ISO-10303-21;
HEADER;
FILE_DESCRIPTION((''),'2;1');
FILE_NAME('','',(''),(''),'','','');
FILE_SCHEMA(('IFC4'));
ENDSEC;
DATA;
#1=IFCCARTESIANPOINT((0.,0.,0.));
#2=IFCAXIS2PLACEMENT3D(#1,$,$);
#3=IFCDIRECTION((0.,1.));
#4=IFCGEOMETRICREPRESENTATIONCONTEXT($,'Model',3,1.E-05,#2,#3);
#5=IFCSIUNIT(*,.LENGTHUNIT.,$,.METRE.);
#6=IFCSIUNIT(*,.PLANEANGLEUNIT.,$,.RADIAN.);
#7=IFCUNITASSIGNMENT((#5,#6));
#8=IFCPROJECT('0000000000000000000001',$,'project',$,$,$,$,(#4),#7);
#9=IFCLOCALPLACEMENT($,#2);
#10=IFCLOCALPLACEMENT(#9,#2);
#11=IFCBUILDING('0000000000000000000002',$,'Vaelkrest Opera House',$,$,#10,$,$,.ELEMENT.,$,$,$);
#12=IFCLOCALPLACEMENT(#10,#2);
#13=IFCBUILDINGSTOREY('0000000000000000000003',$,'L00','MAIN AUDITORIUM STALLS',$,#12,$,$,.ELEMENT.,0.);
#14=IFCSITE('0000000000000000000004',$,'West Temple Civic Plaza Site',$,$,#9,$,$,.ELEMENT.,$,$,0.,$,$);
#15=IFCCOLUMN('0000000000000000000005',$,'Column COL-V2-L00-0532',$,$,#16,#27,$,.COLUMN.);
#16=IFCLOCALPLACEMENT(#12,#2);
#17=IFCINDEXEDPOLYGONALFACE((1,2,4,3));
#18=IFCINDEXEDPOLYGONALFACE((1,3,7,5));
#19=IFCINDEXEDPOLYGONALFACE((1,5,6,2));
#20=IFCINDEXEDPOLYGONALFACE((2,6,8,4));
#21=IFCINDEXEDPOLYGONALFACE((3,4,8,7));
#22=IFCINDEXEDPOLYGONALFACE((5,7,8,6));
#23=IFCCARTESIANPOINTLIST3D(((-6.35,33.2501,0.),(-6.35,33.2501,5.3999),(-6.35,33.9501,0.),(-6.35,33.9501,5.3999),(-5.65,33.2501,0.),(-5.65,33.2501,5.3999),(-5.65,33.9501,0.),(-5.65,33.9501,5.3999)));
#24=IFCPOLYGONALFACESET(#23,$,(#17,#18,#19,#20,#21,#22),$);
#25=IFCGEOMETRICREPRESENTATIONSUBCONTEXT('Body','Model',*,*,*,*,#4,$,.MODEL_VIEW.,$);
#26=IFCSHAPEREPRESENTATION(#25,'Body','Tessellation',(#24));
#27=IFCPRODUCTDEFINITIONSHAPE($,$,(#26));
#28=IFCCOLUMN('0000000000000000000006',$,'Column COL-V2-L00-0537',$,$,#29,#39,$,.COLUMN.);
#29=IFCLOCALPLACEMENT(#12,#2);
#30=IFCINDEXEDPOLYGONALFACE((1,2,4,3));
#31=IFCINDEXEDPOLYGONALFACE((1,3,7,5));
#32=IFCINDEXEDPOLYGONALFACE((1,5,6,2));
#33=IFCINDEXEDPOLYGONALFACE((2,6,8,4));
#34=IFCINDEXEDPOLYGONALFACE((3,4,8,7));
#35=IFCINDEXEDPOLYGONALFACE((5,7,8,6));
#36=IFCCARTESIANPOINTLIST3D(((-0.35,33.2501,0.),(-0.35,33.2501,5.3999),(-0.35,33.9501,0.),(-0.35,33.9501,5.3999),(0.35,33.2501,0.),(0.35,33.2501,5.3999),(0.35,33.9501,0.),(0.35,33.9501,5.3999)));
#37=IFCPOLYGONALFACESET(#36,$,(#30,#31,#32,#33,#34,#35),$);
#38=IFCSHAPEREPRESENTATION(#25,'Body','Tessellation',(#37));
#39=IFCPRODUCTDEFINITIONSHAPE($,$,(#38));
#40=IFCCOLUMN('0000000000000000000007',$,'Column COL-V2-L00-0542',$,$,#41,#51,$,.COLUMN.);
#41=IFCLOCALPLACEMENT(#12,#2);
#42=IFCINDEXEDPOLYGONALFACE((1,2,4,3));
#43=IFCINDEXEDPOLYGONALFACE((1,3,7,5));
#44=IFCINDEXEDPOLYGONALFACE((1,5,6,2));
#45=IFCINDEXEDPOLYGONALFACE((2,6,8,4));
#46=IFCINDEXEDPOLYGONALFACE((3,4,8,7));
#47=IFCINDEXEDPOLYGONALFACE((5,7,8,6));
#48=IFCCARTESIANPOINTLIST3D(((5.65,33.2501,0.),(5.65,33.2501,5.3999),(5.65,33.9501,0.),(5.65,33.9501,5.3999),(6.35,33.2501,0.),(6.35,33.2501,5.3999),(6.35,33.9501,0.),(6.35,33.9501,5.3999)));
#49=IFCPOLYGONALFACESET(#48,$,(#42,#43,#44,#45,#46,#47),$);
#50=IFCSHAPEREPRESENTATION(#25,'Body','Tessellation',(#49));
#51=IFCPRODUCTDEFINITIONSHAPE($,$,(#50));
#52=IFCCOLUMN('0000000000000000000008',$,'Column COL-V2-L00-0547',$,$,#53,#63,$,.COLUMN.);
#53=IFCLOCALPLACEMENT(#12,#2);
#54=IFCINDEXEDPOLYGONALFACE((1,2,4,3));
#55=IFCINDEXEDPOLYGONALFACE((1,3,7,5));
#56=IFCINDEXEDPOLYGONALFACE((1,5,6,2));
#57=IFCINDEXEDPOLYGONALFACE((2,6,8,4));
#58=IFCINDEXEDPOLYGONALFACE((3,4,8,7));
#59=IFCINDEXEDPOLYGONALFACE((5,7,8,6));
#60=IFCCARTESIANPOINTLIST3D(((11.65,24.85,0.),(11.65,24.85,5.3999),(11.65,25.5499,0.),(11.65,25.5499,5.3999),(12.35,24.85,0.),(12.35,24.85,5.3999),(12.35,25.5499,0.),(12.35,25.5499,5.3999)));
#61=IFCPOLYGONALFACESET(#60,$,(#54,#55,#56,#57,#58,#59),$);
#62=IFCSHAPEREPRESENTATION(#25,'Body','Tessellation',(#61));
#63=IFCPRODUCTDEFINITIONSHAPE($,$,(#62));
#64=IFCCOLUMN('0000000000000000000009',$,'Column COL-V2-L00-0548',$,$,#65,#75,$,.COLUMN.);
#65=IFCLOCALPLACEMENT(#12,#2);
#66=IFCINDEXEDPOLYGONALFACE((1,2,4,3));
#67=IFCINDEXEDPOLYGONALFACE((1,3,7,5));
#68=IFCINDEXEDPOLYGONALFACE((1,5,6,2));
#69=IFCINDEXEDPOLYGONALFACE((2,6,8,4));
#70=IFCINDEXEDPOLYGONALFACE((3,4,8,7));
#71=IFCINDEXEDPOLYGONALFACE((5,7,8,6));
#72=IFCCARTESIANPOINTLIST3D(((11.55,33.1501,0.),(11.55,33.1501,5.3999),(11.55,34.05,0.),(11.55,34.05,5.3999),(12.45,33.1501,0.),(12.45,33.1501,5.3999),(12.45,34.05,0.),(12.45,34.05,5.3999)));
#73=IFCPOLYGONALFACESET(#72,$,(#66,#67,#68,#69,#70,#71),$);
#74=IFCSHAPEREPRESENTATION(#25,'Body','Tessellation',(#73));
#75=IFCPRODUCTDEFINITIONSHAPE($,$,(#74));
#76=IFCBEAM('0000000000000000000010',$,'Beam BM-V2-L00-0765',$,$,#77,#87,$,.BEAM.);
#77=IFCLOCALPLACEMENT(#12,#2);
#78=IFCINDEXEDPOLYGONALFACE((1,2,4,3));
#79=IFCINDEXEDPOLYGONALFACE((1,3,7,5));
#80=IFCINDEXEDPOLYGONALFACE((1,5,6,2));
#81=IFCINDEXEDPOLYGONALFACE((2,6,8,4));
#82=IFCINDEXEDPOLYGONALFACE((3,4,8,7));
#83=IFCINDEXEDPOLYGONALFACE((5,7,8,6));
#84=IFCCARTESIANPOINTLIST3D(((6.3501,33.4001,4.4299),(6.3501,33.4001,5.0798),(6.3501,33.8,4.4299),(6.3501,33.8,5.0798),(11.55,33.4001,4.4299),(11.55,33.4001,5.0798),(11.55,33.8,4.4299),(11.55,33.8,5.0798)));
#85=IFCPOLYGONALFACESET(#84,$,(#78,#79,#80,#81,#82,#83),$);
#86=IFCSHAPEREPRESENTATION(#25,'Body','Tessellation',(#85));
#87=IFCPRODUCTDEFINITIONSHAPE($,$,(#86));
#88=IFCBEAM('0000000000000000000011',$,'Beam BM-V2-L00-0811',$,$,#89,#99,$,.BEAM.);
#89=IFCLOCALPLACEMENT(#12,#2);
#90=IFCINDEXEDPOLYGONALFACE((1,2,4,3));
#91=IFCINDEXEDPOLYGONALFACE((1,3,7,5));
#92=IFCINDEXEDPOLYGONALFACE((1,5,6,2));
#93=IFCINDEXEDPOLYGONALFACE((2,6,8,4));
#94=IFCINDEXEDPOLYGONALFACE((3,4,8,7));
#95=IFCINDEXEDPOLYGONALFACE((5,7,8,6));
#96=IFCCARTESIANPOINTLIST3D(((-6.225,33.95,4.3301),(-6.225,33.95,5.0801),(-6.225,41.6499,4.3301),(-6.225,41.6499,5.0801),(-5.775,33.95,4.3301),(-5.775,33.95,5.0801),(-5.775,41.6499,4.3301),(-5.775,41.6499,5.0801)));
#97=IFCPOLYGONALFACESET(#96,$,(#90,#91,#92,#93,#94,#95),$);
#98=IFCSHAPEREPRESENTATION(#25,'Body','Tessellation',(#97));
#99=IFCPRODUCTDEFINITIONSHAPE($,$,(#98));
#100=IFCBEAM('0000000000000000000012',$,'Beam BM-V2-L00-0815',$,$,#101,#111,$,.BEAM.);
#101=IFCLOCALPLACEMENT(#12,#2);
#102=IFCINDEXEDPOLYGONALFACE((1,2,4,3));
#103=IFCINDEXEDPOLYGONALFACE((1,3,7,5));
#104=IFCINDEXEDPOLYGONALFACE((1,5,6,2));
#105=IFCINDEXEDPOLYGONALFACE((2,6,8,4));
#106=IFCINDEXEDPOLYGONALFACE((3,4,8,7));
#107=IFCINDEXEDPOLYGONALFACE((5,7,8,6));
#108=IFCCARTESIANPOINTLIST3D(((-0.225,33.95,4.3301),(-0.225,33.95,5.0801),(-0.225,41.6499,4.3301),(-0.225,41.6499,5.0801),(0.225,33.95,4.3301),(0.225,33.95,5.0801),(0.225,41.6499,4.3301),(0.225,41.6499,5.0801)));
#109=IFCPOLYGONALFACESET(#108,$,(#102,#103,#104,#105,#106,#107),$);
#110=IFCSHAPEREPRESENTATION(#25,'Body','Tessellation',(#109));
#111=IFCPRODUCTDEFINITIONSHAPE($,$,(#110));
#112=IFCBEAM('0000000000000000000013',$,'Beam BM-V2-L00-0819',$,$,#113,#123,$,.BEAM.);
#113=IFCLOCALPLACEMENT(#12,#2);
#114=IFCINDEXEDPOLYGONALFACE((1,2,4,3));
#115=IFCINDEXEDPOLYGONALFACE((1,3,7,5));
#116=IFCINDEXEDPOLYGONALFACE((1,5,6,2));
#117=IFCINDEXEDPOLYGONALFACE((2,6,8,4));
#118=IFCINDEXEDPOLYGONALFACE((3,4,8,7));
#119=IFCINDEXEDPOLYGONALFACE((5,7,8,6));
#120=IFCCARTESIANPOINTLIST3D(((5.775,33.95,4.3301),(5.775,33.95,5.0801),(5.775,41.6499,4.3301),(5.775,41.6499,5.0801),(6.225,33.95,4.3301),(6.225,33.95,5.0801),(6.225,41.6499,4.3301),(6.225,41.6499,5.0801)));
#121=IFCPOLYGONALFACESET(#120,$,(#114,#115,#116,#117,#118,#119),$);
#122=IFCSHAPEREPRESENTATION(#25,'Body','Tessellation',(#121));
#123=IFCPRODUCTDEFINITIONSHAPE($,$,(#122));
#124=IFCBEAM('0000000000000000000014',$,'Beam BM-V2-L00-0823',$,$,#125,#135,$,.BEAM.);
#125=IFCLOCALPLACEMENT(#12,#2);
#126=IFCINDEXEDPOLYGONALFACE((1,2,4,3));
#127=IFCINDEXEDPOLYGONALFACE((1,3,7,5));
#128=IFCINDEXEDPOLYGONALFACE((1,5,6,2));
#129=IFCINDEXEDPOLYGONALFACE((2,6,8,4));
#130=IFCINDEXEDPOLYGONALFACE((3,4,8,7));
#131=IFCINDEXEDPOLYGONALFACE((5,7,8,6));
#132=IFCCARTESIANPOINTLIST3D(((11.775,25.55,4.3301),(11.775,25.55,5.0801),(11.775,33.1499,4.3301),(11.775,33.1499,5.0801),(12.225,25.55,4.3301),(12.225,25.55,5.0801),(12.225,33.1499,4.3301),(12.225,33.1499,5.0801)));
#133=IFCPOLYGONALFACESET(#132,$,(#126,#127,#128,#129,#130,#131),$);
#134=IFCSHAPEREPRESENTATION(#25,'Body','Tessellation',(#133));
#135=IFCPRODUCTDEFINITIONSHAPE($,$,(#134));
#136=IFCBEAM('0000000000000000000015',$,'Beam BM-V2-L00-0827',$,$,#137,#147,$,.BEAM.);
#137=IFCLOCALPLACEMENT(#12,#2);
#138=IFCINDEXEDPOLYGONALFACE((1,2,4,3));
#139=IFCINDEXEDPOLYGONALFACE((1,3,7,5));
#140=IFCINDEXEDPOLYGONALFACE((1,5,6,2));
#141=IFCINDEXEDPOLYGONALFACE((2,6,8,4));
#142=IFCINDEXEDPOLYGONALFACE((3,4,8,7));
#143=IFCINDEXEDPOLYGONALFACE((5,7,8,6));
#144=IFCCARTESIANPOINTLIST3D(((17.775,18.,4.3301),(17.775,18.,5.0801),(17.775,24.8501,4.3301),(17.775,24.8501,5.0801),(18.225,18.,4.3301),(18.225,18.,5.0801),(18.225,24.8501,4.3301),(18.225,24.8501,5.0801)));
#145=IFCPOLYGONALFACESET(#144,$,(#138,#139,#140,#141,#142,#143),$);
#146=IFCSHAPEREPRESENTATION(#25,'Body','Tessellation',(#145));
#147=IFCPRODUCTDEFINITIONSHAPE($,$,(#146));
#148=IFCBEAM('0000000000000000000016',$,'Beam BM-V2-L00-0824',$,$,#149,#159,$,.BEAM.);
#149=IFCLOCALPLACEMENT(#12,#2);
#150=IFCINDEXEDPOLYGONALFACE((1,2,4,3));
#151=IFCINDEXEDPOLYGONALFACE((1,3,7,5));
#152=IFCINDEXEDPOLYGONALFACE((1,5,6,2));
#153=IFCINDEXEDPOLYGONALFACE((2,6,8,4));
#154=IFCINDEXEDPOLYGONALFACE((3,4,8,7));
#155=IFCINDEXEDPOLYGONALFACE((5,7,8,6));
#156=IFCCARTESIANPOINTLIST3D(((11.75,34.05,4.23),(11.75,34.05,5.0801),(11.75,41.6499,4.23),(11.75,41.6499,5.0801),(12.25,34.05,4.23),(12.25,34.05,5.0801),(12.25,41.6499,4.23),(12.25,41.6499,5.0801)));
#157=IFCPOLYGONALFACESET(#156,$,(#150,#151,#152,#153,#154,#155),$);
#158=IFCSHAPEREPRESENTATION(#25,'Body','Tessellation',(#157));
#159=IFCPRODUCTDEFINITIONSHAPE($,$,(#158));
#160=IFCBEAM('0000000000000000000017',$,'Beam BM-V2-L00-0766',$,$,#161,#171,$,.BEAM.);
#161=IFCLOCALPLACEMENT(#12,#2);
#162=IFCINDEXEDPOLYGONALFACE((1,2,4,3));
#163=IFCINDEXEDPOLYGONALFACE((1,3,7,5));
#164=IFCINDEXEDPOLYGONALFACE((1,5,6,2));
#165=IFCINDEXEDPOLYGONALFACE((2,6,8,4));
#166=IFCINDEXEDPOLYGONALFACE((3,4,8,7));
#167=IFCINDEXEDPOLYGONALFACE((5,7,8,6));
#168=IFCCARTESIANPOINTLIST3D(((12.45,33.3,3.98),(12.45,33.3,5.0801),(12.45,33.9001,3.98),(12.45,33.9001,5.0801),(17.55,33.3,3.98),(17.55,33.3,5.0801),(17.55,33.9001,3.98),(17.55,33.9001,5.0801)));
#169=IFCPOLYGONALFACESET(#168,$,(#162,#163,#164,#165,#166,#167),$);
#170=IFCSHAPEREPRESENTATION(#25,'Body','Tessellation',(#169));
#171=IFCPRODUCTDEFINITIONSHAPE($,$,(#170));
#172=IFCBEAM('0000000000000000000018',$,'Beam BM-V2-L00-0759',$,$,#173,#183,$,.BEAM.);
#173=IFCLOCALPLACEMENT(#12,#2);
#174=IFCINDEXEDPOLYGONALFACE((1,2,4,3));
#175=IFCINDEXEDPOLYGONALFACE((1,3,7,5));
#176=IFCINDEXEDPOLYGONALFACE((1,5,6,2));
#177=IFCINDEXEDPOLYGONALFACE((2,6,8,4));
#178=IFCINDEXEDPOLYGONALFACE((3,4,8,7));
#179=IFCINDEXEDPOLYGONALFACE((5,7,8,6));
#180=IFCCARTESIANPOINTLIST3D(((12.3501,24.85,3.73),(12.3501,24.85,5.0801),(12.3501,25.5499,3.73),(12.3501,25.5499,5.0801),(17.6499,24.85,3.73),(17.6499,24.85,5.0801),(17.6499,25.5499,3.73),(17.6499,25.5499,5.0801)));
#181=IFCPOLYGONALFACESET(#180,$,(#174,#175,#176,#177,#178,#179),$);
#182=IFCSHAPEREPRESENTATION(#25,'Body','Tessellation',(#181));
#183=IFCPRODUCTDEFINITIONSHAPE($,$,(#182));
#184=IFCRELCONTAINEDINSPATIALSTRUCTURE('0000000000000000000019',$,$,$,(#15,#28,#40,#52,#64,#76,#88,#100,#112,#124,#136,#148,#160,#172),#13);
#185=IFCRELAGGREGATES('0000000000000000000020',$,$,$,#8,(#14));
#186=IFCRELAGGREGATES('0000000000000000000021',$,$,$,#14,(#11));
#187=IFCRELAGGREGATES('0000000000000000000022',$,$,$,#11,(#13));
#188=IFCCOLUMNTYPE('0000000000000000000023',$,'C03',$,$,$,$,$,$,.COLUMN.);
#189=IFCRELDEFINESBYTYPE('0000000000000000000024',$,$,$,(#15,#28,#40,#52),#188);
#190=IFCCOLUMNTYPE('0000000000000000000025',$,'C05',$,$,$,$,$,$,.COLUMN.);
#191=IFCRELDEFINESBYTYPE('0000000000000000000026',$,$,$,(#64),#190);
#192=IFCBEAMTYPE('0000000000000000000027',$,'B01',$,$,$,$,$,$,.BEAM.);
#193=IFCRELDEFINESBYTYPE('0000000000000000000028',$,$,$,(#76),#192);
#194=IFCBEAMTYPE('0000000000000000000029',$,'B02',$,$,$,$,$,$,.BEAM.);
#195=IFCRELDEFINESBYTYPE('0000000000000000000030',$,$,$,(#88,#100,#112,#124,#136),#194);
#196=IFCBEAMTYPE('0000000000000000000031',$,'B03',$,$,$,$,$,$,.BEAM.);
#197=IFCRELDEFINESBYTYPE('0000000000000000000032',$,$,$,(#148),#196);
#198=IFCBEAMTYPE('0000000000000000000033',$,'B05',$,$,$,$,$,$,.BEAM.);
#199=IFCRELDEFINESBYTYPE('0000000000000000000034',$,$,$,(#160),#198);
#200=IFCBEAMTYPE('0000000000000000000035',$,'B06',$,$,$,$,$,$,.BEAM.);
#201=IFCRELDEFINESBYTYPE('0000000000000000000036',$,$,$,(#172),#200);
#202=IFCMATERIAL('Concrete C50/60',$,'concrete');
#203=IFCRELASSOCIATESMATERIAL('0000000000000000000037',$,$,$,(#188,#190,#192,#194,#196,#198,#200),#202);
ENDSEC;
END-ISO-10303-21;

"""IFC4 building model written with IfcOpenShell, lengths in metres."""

from ifc_helpers import new_model, si_unit, direction, frame, origin, origin_2d, place, context, subcontext, project, spatial, rectangle, extrude, material, material_profile, profile_set, type_object, element, save


model = new_model("IFC4")

# Units and contexts
model_context = context("Model", 3, precision=1e-05, world=origin(), true_north=direction((0.0, 1.0)))
body_context = subcontext(model_context, "Body", "Model", "MODEL_VIEW")
ifc_project = project(units=[si_unit("LENGTHUNIT", "METRE"), si_unit("PLANEANGLEUNIT", "RADIAN")], contexts=[model_context])

# Site, building, storey
site_placement = place(None, origin())
site = spatial("IfcSite", under=ifc_project, at=site_placement, Name="West Temple Civic Plaza Site", CompositionType="ELEMENT", RefElevation=0.0)
building_placement = place(site_placement, origin())
building = spatial("IfcBuilding", under=site, at=building_placement, Name="Vaelkrest Opera House", CompositionType="ELEMENT")
storey_placement = place(building_placement, origin())
storey = spatial("IfcBuildingStorey", under=building, at=storey_placement, Name="L00", Description="MAIN AUDITORIUM STALLS", CompositionType="ELEMENT", Elevation=0.0)

# Columns
ifc_material_1 = material(Name="Concrete C50/60", Category="concrete")
ifc_material_profile_1 = material_profile(ifc_material_1, rectangle(XDim=0.7, YDim=0.7, at=origin_2d()), Name="RC700X700")
ifc_profile_set_1 = profile_set([ifc_material_profile_1], Name="Concrete C50/60")
column_type_1 = type_object("IfcColumnType", Name="C03", PredefinedType="COLUMN", material=ifc_profile_set_1)
for number, where, z_axis, x_axis, name in (
    (1, (-6.0, 33.6001, 0.0), (0.0, 0.0, 1.0), (1.0, 0.0, 0.0), "Column COL-V2-L00-0532"),
    (2, (0.0, 33.6001, 0.0), (0.0, 0.0, 1.0), (1.0, 0.0, 0.0), "Column COL-V2-L00-0537"),
    (3, (6.0, 33.6001, 0.0), (0.0, 0.0, 1.0), (1.0, 0.0, 0.0), "Column COL-V2-L00-0542"),
    (4, (12.0, 25.2, 0.0), (0.0, 0.0, 1.0), (1.0, 0.0, 0.0), "Column COL-V2-L00-0547"),
):
    element("IfcColumn", number, at=place(storey_placement, frame(where, z_axis=z_axis, x_axis=x_axis)), inside=storey, type_object=column_type_1, Name=name, PredefinedType="COLUMN", context=body_context, shape_type="SweptSolid", body=[
        extrude(rectangle(XDim=0.7, YDim=0.7, at=origin_2d()), origin(), (0.0, 0.0, 1.0), 5.3999),
    ])
ifc_material_profile_2 = material_profile(ifc_material_1, rectangle(XDim=0.8999, YDim=0.8999, at=origin_2d()), Name="RC900X900")
ifc_profile_set_2 = profile_set([ifc_material_profile_2], Name="Concrete C50/60")
column_type_2 = type_object("IfcColumnType", Name="C05", PredefinedType="COLUMN", material=ifc_profile_set_2)
column_placement = place(storey_placement, frame((12.0, 33.6001, 0.0), z_axis=(0.0, 0.0, 1.0), x_axis=(1.0, 0.0, 0.0)))
element("IfcColumn", 5, at=column_placement, inside=storey, type_object=column_type_2, Name="Column COL-V2-L00-0548", PredefinedType="COLUMN", context=body_context, shape_type="SweptSolid", body=[
    extrude(rectangle(XDim=0.8999, YDim=0.8999, at=origin_2d()), origin(), (0.0, 0.0, 1.0), 5.3999),
])

# Beams
ifc_material_profile_3 = material_profile(ifc_material_1, rectangle(XDim=0.3999, YDim=0.6499, at=origin_2d()), Name="RCB400X650")
ifc_profile_set_3 = profile_set([ifc_material_profile_3], Name="Concrete C50/60")
beam_type_1 = type_object("IfcBeamType", Name="B01", PredefinedType="BEAM", material=ifc_profile_set_3)
beam_1_placement = place(storey_placement, frame((6.3501, 33.6001, 4.7549), z_axis=(1.0, 0.0, 0.0), x_axis=(0.0, 1.0, 0.0)))
element("IfcBeam", 6, at=beam_1_placement, inside=storey, type_object=beam_type_1, Name="Beam BM-V2-L00-0765", PredefinedType="BEAM", context=body_context, shape_type="SweptSolid", body=[
    extrude(rectangle(XDim=0.3999, YDim=0.6499, at=origin_2d()), origin(), (0.0, 0.0, 1.0), 5.2),
])
ifc_material_profile_4 = material_profile(ifc_material_1, rectangle(XDim=0.45, YDim=0.75, at=origin_2d()), Name="RCB450X750")
ifc_profile_set_4 = profile_set([ifc_material_profile_4], Name="Concrete C50/60")
beam_type_2 = type_object("IfcBeamType", Name="B02", PredefinedType="BEAM", material=ifc_profile_set_4)
for number, where, z_axis, x_axis, name in (
    (7, (-6.0, 33.95, 4.7051), (0.0, 1.0, 0.0), (-1.0, 0.0, 0.0), "Beam BM-V2-L00-0811"),
    (8, (0.0, 33.95, 4.7051), (0.0, 1.0, 0.0), (-1.0, 0.0, 0.0), "Beam BM-V2-L00-0815"),
    (9, (6.0, 33.95, 4.7051), (0.0, 1.0, 0.0), (-1.0, 0.0, 0.0), "Beam BM-V2-L00-0819"),
):
    element("IfcBeam", number, at=place(storey_placement, frame(where, z_axis=z_axis, x_axis=x_axis)), inside=storey, type_object=beam_type_2, Name=name, PredefinedType="BEAM", context=body_context, shape_type="SweptSolid", body=[
        extrude(rectangle(XDim=0.45, YDim=0.75, at=origin_2d()), origin(), (0.0, 0.0, 1.0), 7.7),
    ])
beam_2_placement = place(storey_placement, frame((12.0, 25.55, 4.7051), z_axis=(0.0, 1.0, 0.0), x_axis=(-1.0, 0.0, 0.0)))
element("IfcBeam", 10, at=beam_2_placement, inside=storey, type_object=beam_type_2, Name="Beam BM-V2-L00-0823", PredefinedType="BEAM", context=body_context, shape_type="SweptSolid", body=[
    extrude(rectangle(XDim=0.45, YDim=0.75, at=origin_2d()), origin(), (0.0, 0.0, 1.0), 7.5999),
])
beam_3_placement = place(storey_placement, frame((18.0, 18.0, 4.7051), z_axis=(0.0, 1.0, 0.0), x_axis=(-1.0, 0.0, 0.0)))
element("IfcBeam", 11, at=beam_3_placement, inside=storey, type_object=beam_type_2, Name="Beam BM-V2-L00-0827", PredefinedType="BEAM", context=body_context, shape_type="SweptSolid", body=[
    extrude(rectangle(XDim=0.45, YDim=0.75, at=origin_2d()), origin(), (0.0, 0.0, 1.0), 6.8501),
])
ifc_material_profile_5 = material_profile(ifc_material_1, rectangle(XDim=0.5, YDim=0.8501, at=origin_2d()), Name="RCB500X850")
ifc_profile_set_5 = profile_set([ifc_material_profile_5], Name="Concrete C50/60")
beam_type_3 = type_object("IfcBeamType", Name="B03", PredefinedType="BEAM", material=ifc_profile_set_5)
beam_4_placement = place(storey_placement, frame((12.0, 34.05, 4.655), z_axis=(0.0, 1.0, 0.0), x_axis=(-1.0, 0.0, 0.0)))
element("IfcBeam", 12, at=beam_4_placement, inside=storey, type_object=beam_type_3, Name="Beam BM-V2-L00-0824", PredefinedType="BEAM", context=body_context, shape_type="SweptSolid", body=[
    extrude(rectangle(XDim=0.5, YDim=0.8501, at=origin_2d()), origin(), (0.0, 0.0, 1.0), 7.5999),
])
ifc_material_profile_6 = material_profile(ifc_material_1, rectangle(XDim=0.6001, YDim=1.1001, at=origin_2d()), Name="RCB600X1100")
ifc_profile_set_6 = profile_set([ifc_material_profile_6], Name="Concrete C50/60")
beam_type_4 = type_object("IfcBeamType", Name="B05", PredefinedType="BEAM", material=ifc_profile_set_6)
beam_5_placement = place(storey_placement, frame((12.45, 33.6001, 4.53), z_axis=(1.0, 0.0, 0.0), x_axis=(0.0, 1.0, 0.0)))
element("IfcBeam", 13, at=beam_5_placement, inside=storey, type_object=beam_type_4, Name="Beam BM-V2-L00-0766", PredefinedType="BEAM", context=body_context, shape_type="SweptSolid", body=[
    extrude(rectangle(XDim=0.6001, YDim=1.1001, at=origin_2d()), origin(), (0.0, 0.0, 1.0), 5.1001),
])
ifc_material_profile_7 = material_profile(ifc_material_1, rectangle(XDim=0.7, YDim=1.3501, at=origin_2d()), Name="RCB700X1350")
ifc_profile_set_7 = profile_set([ifc_material_profile_7], Name="Concrete C50/60")
beam_type_5 = type_object("IfcBeamType", Name="B06", PredefinedType="BEAM", material=ifc_profile_set_7)
beam_6_placement = place(storey_placement, frame((12.3501, 25.2, 4.405), z_axis=(1.0, 0.0, 0.0), x_axis=(0.0, 1.0, 0.0)))
element("IfcBeam", 14, at=beam_6_placement, inside=storey, type_object=beam_type_5, Name="Beam BM-V2-L00-0759", PredefinedType="BEAM", context=body_context, shape_type="SweptSolid", body=[
    extrude(rectangle(XDim=0.7, YDim=1.3501, at=origin_2d()), origin(), (0.0, 0.0, 1.0), 5.2998),
])

save(model, "model.ifc")
